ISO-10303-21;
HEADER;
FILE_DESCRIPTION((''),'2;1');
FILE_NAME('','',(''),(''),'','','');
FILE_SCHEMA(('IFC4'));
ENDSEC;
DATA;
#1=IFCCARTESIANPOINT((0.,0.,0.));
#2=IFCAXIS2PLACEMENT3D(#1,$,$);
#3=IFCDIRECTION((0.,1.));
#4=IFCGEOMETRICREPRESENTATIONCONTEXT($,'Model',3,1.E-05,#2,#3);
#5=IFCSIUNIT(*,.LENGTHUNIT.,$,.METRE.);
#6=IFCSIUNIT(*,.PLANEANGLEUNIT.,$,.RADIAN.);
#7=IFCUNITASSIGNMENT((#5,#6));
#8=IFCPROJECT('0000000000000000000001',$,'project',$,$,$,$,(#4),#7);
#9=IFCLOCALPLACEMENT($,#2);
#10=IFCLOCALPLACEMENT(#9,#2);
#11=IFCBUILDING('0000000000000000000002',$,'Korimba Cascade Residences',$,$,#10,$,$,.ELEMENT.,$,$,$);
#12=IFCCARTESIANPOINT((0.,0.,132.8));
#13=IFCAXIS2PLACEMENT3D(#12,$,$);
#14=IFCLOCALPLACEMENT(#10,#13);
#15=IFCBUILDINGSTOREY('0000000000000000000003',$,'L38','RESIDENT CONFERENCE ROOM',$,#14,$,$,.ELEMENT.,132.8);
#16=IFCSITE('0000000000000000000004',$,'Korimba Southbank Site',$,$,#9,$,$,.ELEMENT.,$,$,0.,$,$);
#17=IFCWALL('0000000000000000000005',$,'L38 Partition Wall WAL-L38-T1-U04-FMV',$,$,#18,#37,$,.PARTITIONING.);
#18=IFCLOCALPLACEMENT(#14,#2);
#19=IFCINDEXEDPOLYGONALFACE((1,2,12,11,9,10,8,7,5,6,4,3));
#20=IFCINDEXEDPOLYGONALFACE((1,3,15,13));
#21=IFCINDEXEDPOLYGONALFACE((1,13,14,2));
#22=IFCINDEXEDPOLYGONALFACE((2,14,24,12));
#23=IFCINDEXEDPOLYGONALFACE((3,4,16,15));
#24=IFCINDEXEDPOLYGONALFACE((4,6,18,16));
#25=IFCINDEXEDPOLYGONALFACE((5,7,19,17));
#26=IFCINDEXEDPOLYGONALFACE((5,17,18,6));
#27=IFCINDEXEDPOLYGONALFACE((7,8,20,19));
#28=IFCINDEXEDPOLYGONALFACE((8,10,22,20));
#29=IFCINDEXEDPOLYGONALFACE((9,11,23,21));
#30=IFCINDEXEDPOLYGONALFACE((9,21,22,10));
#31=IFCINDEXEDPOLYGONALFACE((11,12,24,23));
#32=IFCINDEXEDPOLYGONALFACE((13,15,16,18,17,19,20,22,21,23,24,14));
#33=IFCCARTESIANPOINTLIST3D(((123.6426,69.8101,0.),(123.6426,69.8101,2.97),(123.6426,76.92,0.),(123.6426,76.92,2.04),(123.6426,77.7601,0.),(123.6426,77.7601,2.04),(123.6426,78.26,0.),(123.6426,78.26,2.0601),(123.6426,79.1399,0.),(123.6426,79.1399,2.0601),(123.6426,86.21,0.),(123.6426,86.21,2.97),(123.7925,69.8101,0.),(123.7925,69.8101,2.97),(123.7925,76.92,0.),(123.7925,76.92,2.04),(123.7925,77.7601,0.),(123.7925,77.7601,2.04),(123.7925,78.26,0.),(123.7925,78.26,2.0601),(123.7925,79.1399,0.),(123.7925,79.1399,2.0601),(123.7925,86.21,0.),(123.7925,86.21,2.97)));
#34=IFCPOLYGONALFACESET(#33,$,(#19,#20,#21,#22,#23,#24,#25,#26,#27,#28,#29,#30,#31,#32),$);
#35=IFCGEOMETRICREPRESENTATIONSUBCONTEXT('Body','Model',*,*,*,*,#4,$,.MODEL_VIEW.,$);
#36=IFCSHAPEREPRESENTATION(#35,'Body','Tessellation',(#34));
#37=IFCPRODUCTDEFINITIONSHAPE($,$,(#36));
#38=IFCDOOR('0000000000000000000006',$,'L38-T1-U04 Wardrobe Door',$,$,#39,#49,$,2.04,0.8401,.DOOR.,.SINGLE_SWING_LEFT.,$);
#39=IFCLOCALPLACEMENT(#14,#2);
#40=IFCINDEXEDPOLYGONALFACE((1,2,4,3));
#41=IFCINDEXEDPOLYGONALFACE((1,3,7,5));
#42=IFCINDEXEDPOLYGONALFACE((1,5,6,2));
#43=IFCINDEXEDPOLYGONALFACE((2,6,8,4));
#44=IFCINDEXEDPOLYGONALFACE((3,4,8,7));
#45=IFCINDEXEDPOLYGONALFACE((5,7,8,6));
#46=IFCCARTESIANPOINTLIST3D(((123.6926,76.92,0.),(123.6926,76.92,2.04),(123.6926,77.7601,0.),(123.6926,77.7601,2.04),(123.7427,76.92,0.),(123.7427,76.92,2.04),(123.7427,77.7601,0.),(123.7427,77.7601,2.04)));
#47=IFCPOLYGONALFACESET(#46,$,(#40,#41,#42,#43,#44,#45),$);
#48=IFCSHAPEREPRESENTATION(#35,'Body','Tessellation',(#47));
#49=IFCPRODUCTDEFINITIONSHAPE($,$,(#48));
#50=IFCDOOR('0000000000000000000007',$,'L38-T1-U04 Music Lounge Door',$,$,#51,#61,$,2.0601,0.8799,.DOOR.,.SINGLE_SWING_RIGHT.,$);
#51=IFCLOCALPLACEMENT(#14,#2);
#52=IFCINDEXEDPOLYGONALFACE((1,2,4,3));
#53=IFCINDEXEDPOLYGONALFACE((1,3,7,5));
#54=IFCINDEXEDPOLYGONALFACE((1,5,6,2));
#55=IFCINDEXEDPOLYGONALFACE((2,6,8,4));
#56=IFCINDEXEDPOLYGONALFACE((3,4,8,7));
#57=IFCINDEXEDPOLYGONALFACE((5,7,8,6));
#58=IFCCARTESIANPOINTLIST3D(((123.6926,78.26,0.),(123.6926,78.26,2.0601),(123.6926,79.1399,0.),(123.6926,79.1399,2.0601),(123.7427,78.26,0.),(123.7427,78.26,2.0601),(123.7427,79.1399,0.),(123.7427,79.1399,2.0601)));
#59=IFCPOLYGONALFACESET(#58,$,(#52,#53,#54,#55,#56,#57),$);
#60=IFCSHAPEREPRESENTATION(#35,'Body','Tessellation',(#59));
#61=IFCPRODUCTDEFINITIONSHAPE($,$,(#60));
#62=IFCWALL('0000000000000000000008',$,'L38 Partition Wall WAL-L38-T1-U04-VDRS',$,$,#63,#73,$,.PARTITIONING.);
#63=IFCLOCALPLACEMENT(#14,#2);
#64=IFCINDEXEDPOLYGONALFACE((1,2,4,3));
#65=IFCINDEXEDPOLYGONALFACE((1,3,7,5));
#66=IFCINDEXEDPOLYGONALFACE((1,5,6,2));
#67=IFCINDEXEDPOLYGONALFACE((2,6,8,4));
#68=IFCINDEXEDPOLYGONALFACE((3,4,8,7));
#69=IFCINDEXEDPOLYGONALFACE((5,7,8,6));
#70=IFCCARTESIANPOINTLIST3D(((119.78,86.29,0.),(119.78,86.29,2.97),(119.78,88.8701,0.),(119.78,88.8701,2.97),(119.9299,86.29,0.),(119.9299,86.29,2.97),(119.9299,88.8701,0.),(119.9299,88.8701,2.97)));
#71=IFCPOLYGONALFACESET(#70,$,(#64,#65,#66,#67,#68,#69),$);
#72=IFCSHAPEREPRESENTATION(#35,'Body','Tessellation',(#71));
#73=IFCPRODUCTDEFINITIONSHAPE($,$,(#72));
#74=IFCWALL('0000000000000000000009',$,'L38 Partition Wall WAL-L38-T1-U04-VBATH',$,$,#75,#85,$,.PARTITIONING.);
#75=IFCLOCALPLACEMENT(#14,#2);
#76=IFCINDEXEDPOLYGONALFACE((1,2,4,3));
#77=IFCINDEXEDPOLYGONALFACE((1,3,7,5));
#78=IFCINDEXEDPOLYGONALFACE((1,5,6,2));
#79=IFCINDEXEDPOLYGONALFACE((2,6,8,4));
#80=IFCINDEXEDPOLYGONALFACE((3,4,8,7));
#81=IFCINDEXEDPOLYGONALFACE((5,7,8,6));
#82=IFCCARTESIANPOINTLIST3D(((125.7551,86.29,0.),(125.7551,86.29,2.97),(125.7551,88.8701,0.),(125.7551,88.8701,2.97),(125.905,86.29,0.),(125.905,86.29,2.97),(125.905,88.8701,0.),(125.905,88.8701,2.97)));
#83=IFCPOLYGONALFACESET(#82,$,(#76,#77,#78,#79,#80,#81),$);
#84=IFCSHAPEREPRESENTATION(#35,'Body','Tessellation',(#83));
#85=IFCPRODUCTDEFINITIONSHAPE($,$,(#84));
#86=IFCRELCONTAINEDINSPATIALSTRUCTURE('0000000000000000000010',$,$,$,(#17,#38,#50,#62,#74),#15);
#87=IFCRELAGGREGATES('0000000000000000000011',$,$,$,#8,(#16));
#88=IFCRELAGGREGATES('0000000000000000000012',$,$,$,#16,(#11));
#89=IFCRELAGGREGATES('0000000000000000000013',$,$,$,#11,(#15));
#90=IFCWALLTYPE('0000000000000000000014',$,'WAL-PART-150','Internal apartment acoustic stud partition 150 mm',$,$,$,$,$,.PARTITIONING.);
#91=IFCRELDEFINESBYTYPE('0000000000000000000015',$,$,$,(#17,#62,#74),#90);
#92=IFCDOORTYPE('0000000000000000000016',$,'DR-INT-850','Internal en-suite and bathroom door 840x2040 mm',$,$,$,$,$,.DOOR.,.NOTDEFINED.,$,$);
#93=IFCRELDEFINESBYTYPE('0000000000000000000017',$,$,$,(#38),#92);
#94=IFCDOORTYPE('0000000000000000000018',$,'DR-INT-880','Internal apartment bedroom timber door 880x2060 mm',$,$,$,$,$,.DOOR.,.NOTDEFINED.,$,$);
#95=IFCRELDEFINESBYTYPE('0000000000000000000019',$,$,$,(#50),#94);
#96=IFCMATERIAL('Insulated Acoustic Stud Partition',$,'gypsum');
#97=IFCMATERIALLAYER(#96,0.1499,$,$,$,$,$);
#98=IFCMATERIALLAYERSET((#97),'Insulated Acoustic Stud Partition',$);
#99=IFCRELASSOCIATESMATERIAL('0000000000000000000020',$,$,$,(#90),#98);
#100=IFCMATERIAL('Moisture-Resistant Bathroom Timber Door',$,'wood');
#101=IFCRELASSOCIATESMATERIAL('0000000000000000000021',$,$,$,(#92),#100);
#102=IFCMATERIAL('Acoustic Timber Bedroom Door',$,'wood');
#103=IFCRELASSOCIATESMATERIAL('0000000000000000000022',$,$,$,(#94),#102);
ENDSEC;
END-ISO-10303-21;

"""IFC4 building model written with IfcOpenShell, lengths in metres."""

from ifc_helpers import new_model, si_unit, direction, frame, frame_2d, origin, place, context, subcontext, project, spatial, rectangle, extrude, material, layer, layer_set, type_object, element, fill, save


model = new_model("IFC4")

# Units and contexts
model_context = context("Model", 3, precision=1e-05, world=origin(), true_north=direction((0.0, 1.0)))
body_context = subcontext(model_context, "Body", "Model", "MODEL_VIEW")
ifc_project = project(units=[si_unit("LENGTHUNIT", "METRE"), si_unit("PLANEANGLEUNIT", "RADIAN")], contexts=[model_context])

# Site, building, storey
site_placement = place(None, origin())
site = spatial("IfcSite", under=ifc_project, at=site_placement, Name="Korimba Southbank Site", CompositionType="ELEMENT", RefElevation=0.0)
building_placement = place(site_placement, origin())
building = spatial("IfcBuilding", under=site, at=building_placement, Name="Korimba Cascade Residences", CompositionType="ELEMENT")
storey_placement = place(building_placement, frame((0.0, 0.0, 132.8)))
storey = spatial("IfcBuildingStorey", under=building, at=storey_placement, Name="L38", Description="RESIDENT CONFERENCE ROOM", CompositionType="ELEMENT", Elevation=132.8)

# Wall, openings, doors
ifc_material_1 = material(Name="Insulated Acoustic Stud Partition", Category="gypsum")
ifc_layer_1 = layer(ifc_material_1, 0.1499)
ifc_layer_set_1 = layer_set([ifc_layer_1], Name="Insulated Acoustic Stud Partition")
wall_type_1 = type_object("IfcWallType", Name="WAL-PART-150", Description="Internal apartment acoustic stud partition 150 mm", PredefinedType="PARTITIONING", material=ifc_layer_set_1)
wall_1_placement = place(storey_placement, frame((123.7175, 69.8101, 0.0), z_axis=(0.0, 0.0, 1.0), x_axis=(0.0, 1.0, 0.0)))
wall_1 = element("IfcWall", 1, at=wall_1_placement, inside=storey, type_object=wall_type_1, Name="L38 Partition Wall WAL-L38-T1-U04-FMV", PredefinedType="PARTITIONING", context=body_context, shape_type="SweptSolid", body=[
    extrude(rectangle(XDim=16.3999, YDim=0.1499, at=frame_2d((8.2, 0.0))), origin(), (0.0, 0.0, 1.0), 2.97),
])
opening_1_placement = place(wall_1_placement, frame((7.1101, 0.0, 0.0)))
opening_1 = element("IfcOpeningElement", 2, at=opening_1_placement, cuts=wall_1, PredefinedType="OPENING", context=body_context, shape_type="SweptSolid", body=[
    extrude(rectangle(XDim=0.8401, YDim=2.04, at=frame_2d((0.4199, 1.02))), frame((0.0, 0.085, 0.0), z_axis=(0.0, -1.0, 0.0), x_axis=(1.0, 0.0, 0.0)), (0.0, 0.0, 1.0), 0.1699),
])
opening_2_placement = place(wall_1_placement, frame((8.45, 0.0, 0.0)))
opening_2 = element("IfcOpeningElement", 3, at=opening_2_placement, cuts=wall_1, PredefinedType="OPENING", context=body_context, shape_type="SweptSolid", body=[
    extrude(rectangle(XDim=0.8799, YDim=2.0601, at=frame_2d((0.4399, 1.03))), frame((0.0, 0.085, 0.0), z_axis=(0.0, -1.0, 0.0), x_axis=(1.0, 0.0, 0.0)), (0.0, 0.0, 1.0), 0.1699),
])
ifc_material_2 = material(Name="Moisture-Resistant Bathroom Timber Door", Category="wood")
door_type_1 = type_object("IfcDoorType", Name="DR-INT-850", Description="Internal en-suite and bathroom door 840x2040 mm", OperationType="NOTDEFINED", PredefinedType="DOOR", material=ifc_material_2)
door_1_placement = place(opening_1_placement, origin())
door_1 = element("IfcDoor", 4, at=door_1_placement, inside=storey, type_object=door_type_1, Name="L38-T1-U04 Wardrobe Door", OperationType="SINGLE_SWING_LEFT", OverallHeight=2.04, OverallWidth=0.8401, PredefinedType="DOOR", context=body_context, shape_type="SweptSolid", body=[
    extrude(rectangle(XDim=0.8401, YDim=2.04, at=frame_2d((0.4199, 1.02))), frame((0.0, 0.0249, 0.0), z_axis=(0.0, -1.0, 0.0), x_axis=(1.0, 0.0, 0.0)), (0.0, 0.0, 1.0), 0.05),
])
fill(opening_1, door_1)
ifc_material_3 = material(Name="Acoustic Timber Bedroom Door", Category="wood")
door_type_2 = type_object("IfcDoorType", Name="DR-INT-880", Description="Internal apartment bedroom timber door 880x2060 mm", OperationType="NOTDEFINED", PredefinedType="DOOR", material=ifc_material_3)
door_2_placement = place(opening_2_placement, origin())
door_2 = element("IfcDoor", 5, at=door_2_placement, inside=storey, type_object=door_type_2, Name="L38-T1-U04 Music Lounge Door", OperationType="SINGLE_SWING_RIGHT", OverallHeight=2.0601, OverallWidth=0.8799, PredefinedType="DOOR", context=body_context, shape_type="SweptSolid", body=[
    extrude(rectangle(XDim=0.8799, YDim=2.0601, at=frame_2d((0.4399, 1.03))), frame((0.0, 0.0249, 0.0), z_axis=(0.0, -1.0, 0.0), x_axis=(1.0, 0.0, 0.0)), (0.0, 0.0, 1.0), 0.05),
])
fill(opening_2, door_2)

# Walls
for number, where, z_axis, x_axis, name in (
    (6, (119.855, 86.29, 0.0), (0.0, 0.0, 1.0), (0.0, 1.0, 0.0), "L38 Partition Wall WAL-L38-T1-U04-VDRS"),
    (7, (125.8301, 86.29, 0.0), (0.0, 0.0, 1.0), (0.0, 1.0, 0.0), "L38 Partition Wall WAL-L38-T1-U04-VBATH"),
):
    element("IfcWall", number, at=place(storey_placement, frame(where, z_axis=z_axis, x_axis=x_axis)), inside=storey, type_object=wall_type_1, Name=name, PredefinedType="PARTITIONING", context=body_context, shape_type="SweptSolid", body=[
        extrude(rectangle(XDim=2.5801, YDim=0.1499, at=frame_2d((1.29, 0.0))), origin(), (0.0, 0.0, 1.0), 2.97),
    ])

save(model, "model.ifc")
